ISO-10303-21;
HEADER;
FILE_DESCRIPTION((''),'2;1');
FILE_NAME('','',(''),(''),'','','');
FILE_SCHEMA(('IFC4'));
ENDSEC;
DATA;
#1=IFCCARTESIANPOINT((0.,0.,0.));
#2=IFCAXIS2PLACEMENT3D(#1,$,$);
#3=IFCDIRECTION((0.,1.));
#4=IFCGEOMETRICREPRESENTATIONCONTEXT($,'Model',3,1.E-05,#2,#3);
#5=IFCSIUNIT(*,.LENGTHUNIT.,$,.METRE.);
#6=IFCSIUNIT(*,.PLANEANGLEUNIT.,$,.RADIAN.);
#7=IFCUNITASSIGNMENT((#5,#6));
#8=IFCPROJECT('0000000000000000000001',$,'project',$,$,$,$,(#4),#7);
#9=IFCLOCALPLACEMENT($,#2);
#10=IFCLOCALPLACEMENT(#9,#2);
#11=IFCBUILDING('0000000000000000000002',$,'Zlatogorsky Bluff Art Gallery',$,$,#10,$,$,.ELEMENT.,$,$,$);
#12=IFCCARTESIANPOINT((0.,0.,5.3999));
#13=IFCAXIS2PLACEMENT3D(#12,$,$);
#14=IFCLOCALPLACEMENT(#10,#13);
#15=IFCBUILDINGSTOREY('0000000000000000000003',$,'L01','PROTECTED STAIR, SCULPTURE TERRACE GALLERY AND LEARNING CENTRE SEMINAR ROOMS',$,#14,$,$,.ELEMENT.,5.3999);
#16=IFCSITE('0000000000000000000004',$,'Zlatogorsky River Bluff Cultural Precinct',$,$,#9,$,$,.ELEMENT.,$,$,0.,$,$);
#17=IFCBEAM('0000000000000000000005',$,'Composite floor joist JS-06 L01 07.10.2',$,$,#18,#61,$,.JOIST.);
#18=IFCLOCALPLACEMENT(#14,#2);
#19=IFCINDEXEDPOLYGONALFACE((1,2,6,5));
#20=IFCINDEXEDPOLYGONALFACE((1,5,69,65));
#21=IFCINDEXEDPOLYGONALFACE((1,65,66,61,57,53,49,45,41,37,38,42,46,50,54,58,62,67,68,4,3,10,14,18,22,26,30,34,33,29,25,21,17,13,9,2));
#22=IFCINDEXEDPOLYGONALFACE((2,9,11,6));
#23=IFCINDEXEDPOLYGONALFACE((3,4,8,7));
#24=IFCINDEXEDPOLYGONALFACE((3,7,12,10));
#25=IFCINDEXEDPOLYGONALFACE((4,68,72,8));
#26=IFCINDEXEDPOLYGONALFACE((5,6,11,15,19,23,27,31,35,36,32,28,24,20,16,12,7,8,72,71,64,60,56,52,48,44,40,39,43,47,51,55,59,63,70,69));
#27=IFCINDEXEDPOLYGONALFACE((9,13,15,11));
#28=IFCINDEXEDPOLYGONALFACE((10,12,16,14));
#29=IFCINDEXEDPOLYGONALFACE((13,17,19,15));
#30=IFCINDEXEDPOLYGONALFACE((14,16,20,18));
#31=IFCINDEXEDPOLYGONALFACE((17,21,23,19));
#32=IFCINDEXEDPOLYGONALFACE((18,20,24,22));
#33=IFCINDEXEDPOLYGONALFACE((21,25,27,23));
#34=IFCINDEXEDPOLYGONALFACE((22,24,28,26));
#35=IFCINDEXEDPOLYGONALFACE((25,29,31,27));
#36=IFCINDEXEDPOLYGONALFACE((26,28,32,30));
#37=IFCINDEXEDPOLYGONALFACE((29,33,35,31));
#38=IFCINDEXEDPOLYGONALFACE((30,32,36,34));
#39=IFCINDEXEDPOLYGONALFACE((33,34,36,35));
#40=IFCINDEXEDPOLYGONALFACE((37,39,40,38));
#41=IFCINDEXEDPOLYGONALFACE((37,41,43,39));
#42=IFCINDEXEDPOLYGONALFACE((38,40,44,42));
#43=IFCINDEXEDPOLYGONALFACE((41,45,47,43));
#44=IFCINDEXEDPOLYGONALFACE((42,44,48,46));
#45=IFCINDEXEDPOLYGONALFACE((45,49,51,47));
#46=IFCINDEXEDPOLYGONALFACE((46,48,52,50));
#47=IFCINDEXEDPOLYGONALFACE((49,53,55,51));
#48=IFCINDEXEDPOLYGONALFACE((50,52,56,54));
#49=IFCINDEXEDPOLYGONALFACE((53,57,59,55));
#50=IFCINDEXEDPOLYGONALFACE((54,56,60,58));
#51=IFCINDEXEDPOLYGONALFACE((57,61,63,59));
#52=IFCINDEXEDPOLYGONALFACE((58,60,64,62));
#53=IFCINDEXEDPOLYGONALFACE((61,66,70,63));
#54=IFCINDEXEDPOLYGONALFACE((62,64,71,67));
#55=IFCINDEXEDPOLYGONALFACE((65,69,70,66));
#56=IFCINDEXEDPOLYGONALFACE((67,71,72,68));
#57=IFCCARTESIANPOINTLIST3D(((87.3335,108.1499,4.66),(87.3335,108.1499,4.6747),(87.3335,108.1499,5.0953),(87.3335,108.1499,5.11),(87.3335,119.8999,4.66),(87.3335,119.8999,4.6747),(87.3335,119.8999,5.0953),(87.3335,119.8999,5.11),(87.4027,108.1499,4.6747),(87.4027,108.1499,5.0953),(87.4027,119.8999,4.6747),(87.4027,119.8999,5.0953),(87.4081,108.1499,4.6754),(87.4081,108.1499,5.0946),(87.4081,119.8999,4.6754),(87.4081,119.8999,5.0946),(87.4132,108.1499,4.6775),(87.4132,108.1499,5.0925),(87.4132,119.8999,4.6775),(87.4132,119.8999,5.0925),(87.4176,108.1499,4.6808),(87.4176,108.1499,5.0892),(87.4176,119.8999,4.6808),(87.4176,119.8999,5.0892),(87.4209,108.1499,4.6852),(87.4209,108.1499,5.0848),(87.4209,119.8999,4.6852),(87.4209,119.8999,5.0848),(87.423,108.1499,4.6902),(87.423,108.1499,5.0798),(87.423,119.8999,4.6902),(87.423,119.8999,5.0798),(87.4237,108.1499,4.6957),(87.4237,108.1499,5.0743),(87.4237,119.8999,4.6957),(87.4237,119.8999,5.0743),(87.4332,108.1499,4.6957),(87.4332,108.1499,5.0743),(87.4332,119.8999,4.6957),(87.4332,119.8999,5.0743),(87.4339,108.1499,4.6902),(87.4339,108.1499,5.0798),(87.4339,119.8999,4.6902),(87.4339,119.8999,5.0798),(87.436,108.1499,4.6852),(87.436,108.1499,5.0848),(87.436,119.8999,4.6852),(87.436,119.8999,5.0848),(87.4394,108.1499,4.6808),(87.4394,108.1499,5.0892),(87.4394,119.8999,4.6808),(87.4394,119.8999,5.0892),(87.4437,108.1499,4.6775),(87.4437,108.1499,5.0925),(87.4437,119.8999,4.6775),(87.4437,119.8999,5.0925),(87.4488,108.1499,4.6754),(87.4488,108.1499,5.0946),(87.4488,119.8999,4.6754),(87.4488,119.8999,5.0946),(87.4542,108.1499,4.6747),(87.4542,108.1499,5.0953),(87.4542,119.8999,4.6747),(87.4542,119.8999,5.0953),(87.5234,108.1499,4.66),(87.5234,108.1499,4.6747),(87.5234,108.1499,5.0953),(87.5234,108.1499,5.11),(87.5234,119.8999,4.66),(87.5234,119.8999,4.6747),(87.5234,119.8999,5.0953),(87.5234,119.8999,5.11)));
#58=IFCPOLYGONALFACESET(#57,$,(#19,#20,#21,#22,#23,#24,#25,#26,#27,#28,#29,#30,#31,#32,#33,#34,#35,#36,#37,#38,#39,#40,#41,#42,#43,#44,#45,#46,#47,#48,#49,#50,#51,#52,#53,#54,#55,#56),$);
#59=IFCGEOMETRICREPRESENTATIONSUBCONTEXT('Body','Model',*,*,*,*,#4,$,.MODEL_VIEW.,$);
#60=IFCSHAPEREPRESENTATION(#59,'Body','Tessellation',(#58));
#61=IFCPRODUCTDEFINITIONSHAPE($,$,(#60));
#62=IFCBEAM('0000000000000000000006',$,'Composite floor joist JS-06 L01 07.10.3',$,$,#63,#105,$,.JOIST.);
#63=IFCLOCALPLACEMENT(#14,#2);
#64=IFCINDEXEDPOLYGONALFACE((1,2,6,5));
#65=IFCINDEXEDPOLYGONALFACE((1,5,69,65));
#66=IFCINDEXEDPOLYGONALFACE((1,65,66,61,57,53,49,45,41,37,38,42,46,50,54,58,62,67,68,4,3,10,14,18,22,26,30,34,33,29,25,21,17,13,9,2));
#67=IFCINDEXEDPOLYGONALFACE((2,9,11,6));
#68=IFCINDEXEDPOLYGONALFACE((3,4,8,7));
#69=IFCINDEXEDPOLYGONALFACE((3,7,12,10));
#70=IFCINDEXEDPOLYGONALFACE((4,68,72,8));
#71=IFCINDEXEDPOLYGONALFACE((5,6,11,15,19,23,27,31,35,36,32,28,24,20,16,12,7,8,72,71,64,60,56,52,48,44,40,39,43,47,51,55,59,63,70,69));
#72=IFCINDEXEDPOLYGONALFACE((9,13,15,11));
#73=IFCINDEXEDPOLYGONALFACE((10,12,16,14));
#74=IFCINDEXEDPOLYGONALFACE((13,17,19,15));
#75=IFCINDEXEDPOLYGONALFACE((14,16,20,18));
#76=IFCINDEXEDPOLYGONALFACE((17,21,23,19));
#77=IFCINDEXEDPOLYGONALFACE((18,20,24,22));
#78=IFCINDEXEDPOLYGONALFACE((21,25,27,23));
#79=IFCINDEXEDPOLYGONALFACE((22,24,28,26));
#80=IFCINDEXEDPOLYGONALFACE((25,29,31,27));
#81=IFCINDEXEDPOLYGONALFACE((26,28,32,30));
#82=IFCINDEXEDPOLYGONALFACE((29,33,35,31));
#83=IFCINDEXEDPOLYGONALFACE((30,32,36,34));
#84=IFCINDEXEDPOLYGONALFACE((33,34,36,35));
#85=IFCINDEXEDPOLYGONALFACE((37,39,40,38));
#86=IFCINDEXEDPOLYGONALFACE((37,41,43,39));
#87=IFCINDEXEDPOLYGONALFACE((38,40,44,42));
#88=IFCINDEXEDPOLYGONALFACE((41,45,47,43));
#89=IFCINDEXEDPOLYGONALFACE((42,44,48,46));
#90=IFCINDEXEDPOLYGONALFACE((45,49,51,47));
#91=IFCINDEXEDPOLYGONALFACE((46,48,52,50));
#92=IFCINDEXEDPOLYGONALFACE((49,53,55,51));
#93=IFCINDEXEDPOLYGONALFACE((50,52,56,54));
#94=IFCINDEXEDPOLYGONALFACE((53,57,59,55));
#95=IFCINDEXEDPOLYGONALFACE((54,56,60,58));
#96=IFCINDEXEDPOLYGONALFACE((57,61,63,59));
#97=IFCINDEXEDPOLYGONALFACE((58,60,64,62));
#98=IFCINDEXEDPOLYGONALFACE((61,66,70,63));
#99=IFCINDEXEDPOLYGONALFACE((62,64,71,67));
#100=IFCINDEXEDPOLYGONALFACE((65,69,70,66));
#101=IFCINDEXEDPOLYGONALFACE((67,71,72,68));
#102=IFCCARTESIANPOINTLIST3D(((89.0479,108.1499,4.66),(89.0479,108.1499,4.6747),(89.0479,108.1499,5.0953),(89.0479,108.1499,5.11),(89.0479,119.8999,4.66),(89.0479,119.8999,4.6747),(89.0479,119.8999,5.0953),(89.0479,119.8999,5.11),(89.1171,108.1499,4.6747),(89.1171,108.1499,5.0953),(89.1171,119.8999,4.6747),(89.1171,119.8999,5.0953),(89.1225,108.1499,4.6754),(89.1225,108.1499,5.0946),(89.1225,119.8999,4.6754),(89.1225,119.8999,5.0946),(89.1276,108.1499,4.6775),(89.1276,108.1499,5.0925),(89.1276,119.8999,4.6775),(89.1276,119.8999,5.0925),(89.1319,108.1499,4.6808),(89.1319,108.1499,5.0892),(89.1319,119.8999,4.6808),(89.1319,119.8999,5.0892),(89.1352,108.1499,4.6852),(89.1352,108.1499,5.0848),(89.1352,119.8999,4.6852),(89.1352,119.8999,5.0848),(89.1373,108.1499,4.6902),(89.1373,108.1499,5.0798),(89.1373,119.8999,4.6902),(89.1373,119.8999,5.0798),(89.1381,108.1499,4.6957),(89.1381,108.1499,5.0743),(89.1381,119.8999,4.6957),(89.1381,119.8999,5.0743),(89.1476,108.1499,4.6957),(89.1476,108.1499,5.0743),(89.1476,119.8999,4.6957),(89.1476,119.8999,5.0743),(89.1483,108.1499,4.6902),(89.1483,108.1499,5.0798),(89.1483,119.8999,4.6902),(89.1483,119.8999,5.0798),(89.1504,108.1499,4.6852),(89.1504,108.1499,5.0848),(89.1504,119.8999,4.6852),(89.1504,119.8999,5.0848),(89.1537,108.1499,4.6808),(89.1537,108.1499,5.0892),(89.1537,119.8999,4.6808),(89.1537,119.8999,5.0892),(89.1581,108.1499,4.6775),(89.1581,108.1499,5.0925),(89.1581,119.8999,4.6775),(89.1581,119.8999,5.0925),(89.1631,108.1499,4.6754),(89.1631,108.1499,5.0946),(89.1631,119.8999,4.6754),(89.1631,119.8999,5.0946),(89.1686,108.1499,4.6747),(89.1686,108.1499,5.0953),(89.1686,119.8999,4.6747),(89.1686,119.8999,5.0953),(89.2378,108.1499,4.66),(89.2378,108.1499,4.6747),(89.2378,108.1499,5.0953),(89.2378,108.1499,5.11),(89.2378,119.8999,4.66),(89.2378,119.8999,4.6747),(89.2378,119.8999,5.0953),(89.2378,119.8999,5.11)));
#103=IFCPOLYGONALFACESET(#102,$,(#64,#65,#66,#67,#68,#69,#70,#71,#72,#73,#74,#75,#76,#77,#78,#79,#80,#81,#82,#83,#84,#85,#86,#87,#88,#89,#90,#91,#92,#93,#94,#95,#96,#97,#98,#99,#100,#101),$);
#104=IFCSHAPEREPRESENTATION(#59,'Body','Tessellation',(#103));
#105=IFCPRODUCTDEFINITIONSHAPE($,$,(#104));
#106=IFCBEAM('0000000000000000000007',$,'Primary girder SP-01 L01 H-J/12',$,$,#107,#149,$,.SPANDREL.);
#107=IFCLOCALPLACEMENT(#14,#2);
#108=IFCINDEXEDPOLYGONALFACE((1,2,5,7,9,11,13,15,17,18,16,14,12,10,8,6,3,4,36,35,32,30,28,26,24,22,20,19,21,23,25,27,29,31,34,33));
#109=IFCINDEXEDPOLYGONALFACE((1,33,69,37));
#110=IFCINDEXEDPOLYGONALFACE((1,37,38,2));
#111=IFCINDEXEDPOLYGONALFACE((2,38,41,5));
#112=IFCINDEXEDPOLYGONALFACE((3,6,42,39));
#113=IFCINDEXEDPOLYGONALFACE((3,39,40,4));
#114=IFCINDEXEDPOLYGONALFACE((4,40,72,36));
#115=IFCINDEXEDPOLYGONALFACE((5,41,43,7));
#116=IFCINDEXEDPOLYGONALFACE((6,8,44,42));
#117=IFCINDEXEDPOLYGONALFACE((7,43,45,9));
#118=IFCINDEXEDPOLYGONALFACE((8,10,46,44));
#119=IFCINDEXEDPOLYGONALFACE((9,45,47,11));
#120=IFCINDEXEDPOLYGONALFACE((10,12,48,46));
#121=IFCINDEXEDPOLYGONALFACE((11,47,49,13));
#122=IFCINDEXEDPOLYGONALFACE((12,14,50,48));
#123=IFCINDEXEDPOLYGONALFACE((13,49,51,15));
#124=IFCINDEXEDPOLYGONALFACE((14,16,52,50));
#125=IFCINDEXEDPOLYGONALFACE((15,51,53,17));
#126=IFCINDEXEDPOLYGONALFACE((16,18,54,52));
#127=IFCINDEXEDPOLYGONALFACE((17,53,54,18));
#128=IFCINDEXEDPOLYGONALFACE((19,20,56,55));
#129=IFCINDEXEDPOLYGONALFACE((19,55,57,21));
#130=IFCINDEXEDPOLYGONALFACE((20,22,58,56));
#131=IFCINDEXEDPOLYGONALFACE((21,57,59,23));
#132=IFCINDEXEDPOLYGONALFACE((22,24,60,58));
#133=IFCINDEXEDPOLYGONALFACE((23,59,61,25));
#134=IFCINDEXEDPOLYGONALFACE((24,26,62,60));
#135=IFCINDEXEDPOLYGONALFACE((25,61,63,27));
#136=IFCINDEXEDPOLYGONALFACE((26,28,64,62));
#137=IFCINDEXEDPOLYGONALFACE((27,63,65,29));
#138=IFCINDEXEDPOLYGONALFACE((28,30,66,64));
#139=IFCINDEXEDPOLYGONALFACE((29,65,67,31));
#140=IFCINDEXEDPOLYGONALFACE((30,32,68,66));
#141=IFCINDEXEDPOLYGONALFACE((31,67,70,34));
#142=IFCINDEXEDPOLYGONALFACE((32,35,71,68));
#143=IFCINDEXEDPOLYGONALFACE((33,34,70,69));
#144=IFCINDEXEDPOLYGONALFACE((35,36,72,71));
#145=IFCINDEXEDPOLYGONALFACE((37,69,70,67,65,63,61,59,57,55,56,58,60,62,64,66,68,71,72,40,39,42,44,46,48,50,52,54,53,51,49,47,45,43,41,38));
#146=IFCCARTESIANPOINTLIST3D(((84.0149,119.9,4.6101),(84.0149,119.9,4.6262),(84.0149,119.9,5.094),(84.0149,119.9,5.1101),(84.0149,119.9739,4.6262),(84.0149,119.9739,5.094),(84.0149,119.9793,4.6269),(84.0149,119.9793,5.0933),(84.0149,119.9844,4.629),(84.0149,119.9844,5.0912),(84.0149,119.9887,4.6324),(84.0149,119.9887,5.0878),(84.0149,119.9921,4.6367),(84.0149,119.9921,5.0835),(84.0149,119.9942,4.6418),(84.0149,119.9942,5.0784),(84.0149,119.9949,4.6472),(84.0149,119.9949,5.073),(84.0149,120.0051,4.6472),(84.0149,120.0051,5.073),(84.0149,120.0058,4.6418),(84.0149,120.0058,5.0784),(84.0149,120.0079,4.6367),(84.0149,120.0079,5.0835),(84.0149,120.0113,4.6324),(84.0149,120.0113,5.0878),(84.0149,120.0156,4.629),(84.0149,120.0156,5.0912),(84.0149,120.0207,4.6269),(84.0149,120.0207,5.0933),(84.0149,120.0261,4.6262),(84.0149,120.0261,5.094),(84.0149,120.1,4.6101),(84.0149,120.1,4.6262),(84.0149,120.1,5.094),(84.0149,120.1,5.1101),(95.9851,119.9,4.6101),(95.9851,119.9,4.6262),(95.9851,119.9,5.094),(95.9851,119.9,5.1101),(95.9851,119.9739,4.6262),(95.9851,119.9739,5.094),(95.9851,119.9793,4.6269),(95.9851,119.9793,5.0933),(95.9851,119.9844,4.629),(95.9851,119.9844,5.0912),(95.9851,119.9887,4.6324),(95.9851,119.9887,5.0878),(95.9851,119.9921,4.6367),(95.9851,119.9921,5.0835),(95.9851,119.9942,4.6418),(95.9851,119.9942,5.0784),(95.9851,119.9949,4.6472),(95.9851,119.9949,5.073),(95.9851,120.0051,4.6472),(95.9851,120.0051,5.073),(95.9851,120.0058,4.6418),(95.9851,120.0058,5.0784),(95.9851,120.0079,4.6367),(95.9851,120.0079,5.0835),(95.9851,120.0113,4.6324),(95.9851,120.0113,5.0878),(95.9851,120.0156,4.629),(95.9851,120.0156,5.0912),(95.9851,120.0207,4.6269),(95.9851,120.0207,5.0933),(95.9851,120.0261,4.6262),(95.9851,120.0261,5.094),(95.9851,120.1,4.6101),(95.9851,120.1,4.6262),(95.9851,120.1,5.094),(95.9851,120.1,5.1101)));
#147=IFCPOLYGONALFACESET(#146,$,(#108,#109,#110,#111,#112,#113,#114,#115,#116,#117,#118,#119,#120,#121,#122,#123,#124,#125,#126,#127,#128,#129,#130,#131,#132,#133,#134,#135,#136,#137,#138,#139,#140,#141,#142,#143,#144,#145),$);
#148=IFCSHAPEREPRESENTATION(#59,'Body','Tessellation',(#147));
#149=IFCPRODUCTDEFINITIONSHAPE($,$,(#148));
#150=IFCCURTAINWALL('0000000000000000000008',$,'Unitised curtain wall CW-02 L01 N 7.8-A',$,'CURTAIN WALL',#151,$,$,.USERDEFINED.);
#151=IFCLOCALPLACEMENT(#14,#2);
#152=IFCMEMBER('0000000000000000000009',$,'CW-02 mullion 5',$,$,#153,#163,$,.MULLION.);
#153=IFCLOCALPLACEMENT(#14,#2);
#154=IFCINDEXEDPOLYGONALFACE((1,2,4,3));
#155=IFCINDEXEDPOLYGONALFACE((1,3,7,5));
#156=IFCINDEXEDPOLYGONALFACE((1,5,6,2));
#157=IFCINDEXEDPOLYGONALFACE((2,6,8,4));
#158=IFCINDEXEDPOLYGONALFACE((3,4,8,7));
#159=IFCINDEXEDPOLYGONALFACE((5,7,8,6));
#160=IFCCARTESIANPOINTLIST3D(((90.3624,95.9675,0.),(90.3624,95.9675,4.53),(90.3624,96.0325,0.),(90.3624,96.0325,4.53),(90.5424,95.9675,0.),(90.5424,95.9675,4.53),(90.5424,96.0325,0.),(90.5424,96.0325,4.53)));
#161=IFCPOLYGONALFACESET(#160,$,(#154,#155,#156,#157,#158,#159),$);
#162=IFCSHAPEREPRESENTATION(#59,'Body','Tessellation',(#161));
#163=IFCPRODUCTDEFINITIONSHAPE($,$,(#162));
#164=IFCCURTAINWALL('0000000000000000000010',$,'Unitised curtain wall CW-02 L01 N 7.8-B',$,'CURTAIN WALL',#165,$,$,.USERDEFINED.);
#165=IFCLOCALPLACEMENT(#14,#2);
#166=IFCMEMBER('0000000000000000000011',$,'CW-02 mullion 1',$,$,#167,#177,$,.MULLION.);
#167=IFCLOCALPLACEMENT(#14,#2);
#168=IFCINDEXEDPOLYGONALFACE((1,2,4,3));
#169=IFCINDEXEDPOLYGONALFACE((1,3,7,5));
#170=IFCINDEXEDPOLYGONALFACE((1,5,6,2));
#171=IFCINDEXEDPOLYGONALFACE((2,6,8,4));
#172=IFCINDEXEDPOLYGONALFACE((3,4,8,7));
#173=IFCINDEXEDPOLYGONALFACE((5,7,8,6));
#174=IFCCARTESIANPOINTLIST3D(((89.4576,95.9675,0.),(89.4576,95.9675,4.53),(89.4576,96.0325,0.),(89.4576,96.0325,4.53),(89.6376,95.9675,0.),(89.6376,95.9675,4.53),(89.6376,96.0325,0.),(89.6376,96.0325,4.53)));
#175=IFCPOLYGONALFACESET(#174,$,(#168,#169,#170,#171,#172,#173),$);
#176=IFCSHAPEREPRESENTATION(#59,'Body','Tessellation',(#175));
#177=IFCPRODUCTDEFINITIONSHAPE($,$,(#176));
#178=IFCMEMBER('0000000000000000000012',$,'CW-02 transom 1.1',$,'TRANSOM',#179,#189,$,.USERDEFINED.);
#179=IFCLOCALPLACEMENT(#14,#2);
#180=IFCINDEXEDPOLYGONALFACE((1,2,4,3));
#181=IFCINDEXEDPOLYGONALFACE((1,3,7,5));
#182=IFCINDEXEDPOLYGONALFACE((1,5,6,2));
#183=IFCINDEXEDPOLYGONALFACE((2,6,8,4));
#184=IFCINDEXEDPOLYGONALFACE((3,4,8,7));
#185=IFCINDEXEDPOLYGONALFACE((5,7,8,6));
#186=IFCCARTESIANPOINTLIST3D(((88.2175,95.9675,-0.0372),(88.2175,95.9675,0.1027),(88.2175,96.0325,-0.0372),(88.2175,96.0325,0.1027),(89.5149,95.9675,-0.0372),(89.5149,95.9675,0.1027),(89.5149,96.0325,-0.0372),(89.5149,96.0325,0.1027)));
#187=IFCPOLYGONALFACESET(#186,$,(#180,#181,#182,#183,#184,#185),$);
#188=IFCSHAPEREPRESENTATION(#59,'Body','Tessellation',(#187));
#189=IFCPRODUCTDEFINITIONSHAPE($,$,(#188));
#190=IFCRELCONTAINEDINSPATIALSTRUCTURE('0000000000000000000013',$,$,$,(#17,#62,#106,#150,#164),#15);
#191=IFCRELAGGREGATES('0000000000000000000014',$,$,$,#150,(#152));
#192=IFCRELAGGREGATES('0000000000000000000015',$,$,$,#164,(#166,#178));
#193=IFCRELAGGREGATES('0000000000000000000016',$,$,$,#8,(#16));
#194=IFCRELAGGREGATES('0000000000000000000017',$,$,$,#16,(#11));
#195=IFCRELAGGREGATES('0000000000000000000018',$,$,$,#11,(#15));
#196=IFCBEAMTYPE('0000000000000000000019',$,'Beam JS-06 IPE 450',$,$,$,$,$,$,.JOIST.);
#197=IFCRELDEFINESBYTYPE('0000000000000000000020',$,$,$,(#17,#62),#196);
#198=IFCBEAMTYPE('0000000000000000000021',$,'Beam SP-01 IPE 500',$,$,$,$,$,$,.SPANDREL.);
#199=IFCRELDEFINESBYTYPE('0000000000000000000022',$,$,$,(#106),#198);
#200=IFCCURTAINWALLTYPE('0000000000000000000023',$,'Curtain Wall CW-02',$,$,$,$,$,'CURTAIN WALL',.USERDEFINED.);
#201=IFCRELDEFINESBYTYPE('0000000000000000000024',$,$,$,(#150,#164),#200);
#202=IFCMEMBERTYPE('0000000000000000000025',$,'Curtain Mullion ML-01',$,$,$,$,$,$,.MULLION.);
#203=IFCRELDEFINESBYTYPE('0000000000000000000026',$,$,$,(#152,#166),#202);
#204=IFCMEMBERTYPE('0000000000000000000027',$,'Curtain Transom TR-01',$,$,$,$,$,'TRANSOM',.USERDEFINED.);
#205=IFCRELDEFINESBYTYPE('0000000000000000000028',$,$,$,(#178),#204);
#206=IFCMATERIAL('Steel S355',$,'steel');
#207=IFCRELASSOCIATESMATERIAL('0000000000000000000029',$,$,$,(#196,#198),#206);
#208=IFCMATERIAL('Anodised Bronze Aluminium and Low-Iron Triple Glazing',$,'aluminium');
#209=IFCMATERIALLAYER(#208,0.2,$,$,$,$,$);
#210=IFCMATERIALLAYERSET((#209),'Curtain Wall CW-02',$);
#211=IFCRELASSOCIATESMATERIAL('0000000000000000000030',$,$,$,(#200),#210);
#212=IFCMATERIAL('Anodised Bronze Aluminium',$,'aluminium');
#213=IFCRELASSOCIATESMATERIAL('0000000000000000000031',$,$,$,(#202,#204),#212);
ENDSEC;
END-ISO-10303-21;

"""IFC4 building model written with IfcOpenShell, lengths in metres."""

from ifc_helpers import new_model, si_unit, direction, frame, origin, origin_2d, place, context, subcontext, project, spatial, rectangle, i_section, extrude, material, layer, layer_set, material_profile, profile_set, type_object, element, aggregate, save


model = new_model("IFC4")

# Units and contexts
model_context = context("Model", 3, precision=1e-05, world=origin(), true_north=direction((0.0, 1.0)))
body_context = subcontext(model_context, "Body", "Model", "MODEL_VIEW")
ifc_project = project(units=[si_unit("LENGTHUNIT", "METRE"), si_unit("PLANEANGLEUNIT", "RADIAN")], contexts=[model_context])

# Site, building, storey
site_placement = place(None, origin())
site = spatial("IfcSite", under=ifc_project, at=site_placement, Name="Zlatogorsky River Bluff Cultural Precinct", CompositionType="ELEMENT", RefElevation=0.0)
building_placement = place(site_placement, origin())
building = spatial("IfcBuilding", under=site, at=building_placement, Name="Zlatogorsky Bluff Art Gallery", CompositionType="ELEMENT")
storey_placement = place(building_placement, frame((0.0, 0.0, 5.3999)))
storey = spatial("IfcBuildingStorey", under=building, at=storey_placement, Name="L01", Description="PROTECTED STAIR, SCULPTURE TERRACE GALLERY AND LEARNING CENTRE SEMINAR ROOMS", CompositionType="ELEMENT", Elevation=5.3999)

# Shared definitions
ifc_material_1 = material(Name="Steel S355", Category="steel")

# Beams
ifc_material_profile_1 = material_profile(ifc_material_1, i_section(OverallWidth=0.1899, OverallDepth=0.45, WebThickness=0.0095, FlangeThickness=0.0146, FilletRadius=0.021, at=origin_2d()), Name="IPE 450")
ifc_profile_set_1 = profile_set([ifc_material_profile_1], Name="Steel S355")
beam_type_1 = type_object("IfcBeamType", Name="Beam JS-06 IPE 450", PredefinedType="JOIST", material=ifc_profile_set_1)
for number, where, z_axis, x_axis, name in (
    (1, (87.4285, 108.1499, 4.885), (0.0, 1.0, 0.0), (-1.0, 0.0, 0.0), "Composite floor joist JS-06 L01 07.10.2"),
    (2, (89.1428, 108.1499, 4.885), (0.0, 1.0, 0.0), (-1.0, 0.0, 0.0), "Composite floor joist JS-06 L01 07.10.3"),
):
    element("IfcBeam", number, at=place(storey_placement, frame(where, z_axis=z_axis, x_axis=x_axis)), inside=storey, type_object=beam_type_1, Name=name, PredefinedType="JOIST", context=body_context, shape_type="SweptSolid", body=[
        extrude(i_section(OverallWidth=0.1899, OverallDepth=0.45, WebThickness=0.0095, FlangeThickness=0.0146, FilletRadius=0.021, at=origin_2d()), origin(), (0.0, 0.0, 1.0), 11.75),
    ])
ifc_material_profile_2 = material_profile(ifc_material_1, i_section(OverallWidth=0.2, OverallDepth=0.5, WebThickness=0.0103, FlangeThickness=0.0161, FilletRadius=0.021, at=origin_2d()), Name="IPE 500")
ifc_profile_set_2 = profile_set([ifc_material_profile_2], Name="Steel S355")
beam_type_2 = type_object("IfcBeamType", Name="Beam SP-01 IPE 500", PredefinedType="SPANDREL", material=ifc_profile_set_2)
beam_1_placement = place(storey_placement, frame((84.0149, 120.0, 4.8601), z_axis=(1.0, 0.0, 0.0), x_axis=(0.0, 1.0, 0.0)))
element("IfcBeam", 3, at=beam_1_placement, inside=storey, type_object=beam_type_2, Name="Primary girder SP-01 L01 H-J/12", PredefinedType="SPANDREL", context=body_context, shape_type="SweptSolid", body=[
    extrude(i_section(OverallWidth=0.2, OverallDepth=0.5, WebThickness=0.0103, FlangeThickness=0.0161, FilletRadius=0.021, at=origin_2d()), origin(), (0.0, 0.0, 1.0), 11.9702),
])

# Curtain wall, member
ifc_material_2 = material(Name="Anodised Bronze Aluminium and Low-Iron Triple Glazing", Category="aluminium")
ifc_layer_1 = layer(ifc_material_2, 0.2)
ifc_layer_set_1 = layer_set([ifc_layer_1], Name="Curtain Wall CW-02")
curtain_wall_type = type_object("IfcCurtainWallType", Name="Curtain Wall CW-02", ElementType="CURTAIN WALL", PredefinedType="USERDEFINED", material=ifc_layer_set_1)
curtain_wall_1_placement = place(storey_placement, origin())
curtain_wall_1 = element("IfcCurtainWall", 4, at=curtain_wall_1_placement, inside=storey, type_object=curtain_wall_type, Name="Unitised curtain wall CW-02 L01 N 7.8-A", ObjectType="CURTAIN WALL", PredefinedType="USERDEFINED")
ifc_material_3 = material(Name="Anodised Bronze Aluminium", Category="aluminium")
ifc_material_profile_3 = material_profile(ifc_material_3, rectangle(XDim=0.0649, YDim=0.1799, at=origin_2d()), Name="ALU MULLION 65x180")
ifc_profile_set_3 = profile_set([ifc_material_profile_3], Name="Anodised Bronze Aluminium")
member_type_1 = type_object("IfcMemberType", Name="Curtain Mullion ML-01", PredefinedType="MULLION", material=ifc_profile_set_3)
member_1_placement = place(storey_placement, frame((90.4524, 96.0, 0.0), z_axis=(0.0, 0.0, 1.0), x_axis=(0.0, -1.0, 0.0)))
member_1 = element("IfcMember", 5, at=member_1_placement, type_object=member_type_1, Name="CW-02 mullion 5", PredefinedType="MULLION", context=body_context, shape_type="SweptSolid", body=[
    extrude(rectangle(XDim=0.0649, YDim=0.1799, at=origin_2d()), origin(), (0.0, 0.0, 1.0), 4.53),
])
aggregate(curtain_wall_1, [member_1])

# Curtain wall, members
curtain_wall_2_placement = place(storey_placement, origin())
curtain_wall_2 = element("IfcCurtainWall", 6, at=curtain_wall_2_placement, inside=storey, type_object=curtain_wall_type, Name="Unitised curtain wall CW-02 L01 N 7.8-B", ObjectType="CURTAIN WALL", PredefinedType="USERDEFINED")
member_2_placement = place(storey_placement, frame((89.5476, 96.0, 0.0), z_axis=(0.0, 0.0, 1.0), x_axis=(0.0, -1.0, 0.0)))
member_2 = element("IfcMember", 7, at=member_2_placement, type_object=member_type_1, Name="CW-02 mullion 1", PredefinedType="MULLION", context=body_context, shape_type="SweptSolid", body=[
    extrude(rectangle(XDim=0.0649, YDim=0.1799, at=origin_2d()), origin(), (0.0, 0.0, 1.0), 4.53),
])
ifc_material_profile_4 = material_profile(ifc_material_3, rectangle(XDim=0.0649, YDim=0.1399, at=origin_2d()), Name="ALU TRANSOM 65x140")
ifc_profile_set_4 = profile_set([ifc_material_profile_4], Name="Anodised Bronze Aluminium")
member_type_2 = type_object("IfcMemberType", Name="Curtain Transom TR-01", ElementType="TRANSOM", PredefinedType="USERDEFINED", material=ifc_profile_set_4)
member_3_placement = place(storey_placement, frame((89.5149, 96.0, 0.0327), z_axis=(-1.0, 0.0, 0.0), x_axis=(0.0, -1.0, 0.0)))
member_3 = element("IfcMember", 8, at=member_3_placement, type_object=member_type_2, Name="CW-02 transom 1.1", ObjectType="TRANSOM", PredefinedType="USERDEFINED", context=body_context, shape_type="SweptSolid", body=[
    extrude(rectangle(XDim=0.0649, YDim=0.1399, at=origin_2d()), origin(), (0.0, 0.0, 1.0), 1.2974),
])
aggregate(curtain_wall_2, [member_2, member_3])

save(model, "model.ifc")
